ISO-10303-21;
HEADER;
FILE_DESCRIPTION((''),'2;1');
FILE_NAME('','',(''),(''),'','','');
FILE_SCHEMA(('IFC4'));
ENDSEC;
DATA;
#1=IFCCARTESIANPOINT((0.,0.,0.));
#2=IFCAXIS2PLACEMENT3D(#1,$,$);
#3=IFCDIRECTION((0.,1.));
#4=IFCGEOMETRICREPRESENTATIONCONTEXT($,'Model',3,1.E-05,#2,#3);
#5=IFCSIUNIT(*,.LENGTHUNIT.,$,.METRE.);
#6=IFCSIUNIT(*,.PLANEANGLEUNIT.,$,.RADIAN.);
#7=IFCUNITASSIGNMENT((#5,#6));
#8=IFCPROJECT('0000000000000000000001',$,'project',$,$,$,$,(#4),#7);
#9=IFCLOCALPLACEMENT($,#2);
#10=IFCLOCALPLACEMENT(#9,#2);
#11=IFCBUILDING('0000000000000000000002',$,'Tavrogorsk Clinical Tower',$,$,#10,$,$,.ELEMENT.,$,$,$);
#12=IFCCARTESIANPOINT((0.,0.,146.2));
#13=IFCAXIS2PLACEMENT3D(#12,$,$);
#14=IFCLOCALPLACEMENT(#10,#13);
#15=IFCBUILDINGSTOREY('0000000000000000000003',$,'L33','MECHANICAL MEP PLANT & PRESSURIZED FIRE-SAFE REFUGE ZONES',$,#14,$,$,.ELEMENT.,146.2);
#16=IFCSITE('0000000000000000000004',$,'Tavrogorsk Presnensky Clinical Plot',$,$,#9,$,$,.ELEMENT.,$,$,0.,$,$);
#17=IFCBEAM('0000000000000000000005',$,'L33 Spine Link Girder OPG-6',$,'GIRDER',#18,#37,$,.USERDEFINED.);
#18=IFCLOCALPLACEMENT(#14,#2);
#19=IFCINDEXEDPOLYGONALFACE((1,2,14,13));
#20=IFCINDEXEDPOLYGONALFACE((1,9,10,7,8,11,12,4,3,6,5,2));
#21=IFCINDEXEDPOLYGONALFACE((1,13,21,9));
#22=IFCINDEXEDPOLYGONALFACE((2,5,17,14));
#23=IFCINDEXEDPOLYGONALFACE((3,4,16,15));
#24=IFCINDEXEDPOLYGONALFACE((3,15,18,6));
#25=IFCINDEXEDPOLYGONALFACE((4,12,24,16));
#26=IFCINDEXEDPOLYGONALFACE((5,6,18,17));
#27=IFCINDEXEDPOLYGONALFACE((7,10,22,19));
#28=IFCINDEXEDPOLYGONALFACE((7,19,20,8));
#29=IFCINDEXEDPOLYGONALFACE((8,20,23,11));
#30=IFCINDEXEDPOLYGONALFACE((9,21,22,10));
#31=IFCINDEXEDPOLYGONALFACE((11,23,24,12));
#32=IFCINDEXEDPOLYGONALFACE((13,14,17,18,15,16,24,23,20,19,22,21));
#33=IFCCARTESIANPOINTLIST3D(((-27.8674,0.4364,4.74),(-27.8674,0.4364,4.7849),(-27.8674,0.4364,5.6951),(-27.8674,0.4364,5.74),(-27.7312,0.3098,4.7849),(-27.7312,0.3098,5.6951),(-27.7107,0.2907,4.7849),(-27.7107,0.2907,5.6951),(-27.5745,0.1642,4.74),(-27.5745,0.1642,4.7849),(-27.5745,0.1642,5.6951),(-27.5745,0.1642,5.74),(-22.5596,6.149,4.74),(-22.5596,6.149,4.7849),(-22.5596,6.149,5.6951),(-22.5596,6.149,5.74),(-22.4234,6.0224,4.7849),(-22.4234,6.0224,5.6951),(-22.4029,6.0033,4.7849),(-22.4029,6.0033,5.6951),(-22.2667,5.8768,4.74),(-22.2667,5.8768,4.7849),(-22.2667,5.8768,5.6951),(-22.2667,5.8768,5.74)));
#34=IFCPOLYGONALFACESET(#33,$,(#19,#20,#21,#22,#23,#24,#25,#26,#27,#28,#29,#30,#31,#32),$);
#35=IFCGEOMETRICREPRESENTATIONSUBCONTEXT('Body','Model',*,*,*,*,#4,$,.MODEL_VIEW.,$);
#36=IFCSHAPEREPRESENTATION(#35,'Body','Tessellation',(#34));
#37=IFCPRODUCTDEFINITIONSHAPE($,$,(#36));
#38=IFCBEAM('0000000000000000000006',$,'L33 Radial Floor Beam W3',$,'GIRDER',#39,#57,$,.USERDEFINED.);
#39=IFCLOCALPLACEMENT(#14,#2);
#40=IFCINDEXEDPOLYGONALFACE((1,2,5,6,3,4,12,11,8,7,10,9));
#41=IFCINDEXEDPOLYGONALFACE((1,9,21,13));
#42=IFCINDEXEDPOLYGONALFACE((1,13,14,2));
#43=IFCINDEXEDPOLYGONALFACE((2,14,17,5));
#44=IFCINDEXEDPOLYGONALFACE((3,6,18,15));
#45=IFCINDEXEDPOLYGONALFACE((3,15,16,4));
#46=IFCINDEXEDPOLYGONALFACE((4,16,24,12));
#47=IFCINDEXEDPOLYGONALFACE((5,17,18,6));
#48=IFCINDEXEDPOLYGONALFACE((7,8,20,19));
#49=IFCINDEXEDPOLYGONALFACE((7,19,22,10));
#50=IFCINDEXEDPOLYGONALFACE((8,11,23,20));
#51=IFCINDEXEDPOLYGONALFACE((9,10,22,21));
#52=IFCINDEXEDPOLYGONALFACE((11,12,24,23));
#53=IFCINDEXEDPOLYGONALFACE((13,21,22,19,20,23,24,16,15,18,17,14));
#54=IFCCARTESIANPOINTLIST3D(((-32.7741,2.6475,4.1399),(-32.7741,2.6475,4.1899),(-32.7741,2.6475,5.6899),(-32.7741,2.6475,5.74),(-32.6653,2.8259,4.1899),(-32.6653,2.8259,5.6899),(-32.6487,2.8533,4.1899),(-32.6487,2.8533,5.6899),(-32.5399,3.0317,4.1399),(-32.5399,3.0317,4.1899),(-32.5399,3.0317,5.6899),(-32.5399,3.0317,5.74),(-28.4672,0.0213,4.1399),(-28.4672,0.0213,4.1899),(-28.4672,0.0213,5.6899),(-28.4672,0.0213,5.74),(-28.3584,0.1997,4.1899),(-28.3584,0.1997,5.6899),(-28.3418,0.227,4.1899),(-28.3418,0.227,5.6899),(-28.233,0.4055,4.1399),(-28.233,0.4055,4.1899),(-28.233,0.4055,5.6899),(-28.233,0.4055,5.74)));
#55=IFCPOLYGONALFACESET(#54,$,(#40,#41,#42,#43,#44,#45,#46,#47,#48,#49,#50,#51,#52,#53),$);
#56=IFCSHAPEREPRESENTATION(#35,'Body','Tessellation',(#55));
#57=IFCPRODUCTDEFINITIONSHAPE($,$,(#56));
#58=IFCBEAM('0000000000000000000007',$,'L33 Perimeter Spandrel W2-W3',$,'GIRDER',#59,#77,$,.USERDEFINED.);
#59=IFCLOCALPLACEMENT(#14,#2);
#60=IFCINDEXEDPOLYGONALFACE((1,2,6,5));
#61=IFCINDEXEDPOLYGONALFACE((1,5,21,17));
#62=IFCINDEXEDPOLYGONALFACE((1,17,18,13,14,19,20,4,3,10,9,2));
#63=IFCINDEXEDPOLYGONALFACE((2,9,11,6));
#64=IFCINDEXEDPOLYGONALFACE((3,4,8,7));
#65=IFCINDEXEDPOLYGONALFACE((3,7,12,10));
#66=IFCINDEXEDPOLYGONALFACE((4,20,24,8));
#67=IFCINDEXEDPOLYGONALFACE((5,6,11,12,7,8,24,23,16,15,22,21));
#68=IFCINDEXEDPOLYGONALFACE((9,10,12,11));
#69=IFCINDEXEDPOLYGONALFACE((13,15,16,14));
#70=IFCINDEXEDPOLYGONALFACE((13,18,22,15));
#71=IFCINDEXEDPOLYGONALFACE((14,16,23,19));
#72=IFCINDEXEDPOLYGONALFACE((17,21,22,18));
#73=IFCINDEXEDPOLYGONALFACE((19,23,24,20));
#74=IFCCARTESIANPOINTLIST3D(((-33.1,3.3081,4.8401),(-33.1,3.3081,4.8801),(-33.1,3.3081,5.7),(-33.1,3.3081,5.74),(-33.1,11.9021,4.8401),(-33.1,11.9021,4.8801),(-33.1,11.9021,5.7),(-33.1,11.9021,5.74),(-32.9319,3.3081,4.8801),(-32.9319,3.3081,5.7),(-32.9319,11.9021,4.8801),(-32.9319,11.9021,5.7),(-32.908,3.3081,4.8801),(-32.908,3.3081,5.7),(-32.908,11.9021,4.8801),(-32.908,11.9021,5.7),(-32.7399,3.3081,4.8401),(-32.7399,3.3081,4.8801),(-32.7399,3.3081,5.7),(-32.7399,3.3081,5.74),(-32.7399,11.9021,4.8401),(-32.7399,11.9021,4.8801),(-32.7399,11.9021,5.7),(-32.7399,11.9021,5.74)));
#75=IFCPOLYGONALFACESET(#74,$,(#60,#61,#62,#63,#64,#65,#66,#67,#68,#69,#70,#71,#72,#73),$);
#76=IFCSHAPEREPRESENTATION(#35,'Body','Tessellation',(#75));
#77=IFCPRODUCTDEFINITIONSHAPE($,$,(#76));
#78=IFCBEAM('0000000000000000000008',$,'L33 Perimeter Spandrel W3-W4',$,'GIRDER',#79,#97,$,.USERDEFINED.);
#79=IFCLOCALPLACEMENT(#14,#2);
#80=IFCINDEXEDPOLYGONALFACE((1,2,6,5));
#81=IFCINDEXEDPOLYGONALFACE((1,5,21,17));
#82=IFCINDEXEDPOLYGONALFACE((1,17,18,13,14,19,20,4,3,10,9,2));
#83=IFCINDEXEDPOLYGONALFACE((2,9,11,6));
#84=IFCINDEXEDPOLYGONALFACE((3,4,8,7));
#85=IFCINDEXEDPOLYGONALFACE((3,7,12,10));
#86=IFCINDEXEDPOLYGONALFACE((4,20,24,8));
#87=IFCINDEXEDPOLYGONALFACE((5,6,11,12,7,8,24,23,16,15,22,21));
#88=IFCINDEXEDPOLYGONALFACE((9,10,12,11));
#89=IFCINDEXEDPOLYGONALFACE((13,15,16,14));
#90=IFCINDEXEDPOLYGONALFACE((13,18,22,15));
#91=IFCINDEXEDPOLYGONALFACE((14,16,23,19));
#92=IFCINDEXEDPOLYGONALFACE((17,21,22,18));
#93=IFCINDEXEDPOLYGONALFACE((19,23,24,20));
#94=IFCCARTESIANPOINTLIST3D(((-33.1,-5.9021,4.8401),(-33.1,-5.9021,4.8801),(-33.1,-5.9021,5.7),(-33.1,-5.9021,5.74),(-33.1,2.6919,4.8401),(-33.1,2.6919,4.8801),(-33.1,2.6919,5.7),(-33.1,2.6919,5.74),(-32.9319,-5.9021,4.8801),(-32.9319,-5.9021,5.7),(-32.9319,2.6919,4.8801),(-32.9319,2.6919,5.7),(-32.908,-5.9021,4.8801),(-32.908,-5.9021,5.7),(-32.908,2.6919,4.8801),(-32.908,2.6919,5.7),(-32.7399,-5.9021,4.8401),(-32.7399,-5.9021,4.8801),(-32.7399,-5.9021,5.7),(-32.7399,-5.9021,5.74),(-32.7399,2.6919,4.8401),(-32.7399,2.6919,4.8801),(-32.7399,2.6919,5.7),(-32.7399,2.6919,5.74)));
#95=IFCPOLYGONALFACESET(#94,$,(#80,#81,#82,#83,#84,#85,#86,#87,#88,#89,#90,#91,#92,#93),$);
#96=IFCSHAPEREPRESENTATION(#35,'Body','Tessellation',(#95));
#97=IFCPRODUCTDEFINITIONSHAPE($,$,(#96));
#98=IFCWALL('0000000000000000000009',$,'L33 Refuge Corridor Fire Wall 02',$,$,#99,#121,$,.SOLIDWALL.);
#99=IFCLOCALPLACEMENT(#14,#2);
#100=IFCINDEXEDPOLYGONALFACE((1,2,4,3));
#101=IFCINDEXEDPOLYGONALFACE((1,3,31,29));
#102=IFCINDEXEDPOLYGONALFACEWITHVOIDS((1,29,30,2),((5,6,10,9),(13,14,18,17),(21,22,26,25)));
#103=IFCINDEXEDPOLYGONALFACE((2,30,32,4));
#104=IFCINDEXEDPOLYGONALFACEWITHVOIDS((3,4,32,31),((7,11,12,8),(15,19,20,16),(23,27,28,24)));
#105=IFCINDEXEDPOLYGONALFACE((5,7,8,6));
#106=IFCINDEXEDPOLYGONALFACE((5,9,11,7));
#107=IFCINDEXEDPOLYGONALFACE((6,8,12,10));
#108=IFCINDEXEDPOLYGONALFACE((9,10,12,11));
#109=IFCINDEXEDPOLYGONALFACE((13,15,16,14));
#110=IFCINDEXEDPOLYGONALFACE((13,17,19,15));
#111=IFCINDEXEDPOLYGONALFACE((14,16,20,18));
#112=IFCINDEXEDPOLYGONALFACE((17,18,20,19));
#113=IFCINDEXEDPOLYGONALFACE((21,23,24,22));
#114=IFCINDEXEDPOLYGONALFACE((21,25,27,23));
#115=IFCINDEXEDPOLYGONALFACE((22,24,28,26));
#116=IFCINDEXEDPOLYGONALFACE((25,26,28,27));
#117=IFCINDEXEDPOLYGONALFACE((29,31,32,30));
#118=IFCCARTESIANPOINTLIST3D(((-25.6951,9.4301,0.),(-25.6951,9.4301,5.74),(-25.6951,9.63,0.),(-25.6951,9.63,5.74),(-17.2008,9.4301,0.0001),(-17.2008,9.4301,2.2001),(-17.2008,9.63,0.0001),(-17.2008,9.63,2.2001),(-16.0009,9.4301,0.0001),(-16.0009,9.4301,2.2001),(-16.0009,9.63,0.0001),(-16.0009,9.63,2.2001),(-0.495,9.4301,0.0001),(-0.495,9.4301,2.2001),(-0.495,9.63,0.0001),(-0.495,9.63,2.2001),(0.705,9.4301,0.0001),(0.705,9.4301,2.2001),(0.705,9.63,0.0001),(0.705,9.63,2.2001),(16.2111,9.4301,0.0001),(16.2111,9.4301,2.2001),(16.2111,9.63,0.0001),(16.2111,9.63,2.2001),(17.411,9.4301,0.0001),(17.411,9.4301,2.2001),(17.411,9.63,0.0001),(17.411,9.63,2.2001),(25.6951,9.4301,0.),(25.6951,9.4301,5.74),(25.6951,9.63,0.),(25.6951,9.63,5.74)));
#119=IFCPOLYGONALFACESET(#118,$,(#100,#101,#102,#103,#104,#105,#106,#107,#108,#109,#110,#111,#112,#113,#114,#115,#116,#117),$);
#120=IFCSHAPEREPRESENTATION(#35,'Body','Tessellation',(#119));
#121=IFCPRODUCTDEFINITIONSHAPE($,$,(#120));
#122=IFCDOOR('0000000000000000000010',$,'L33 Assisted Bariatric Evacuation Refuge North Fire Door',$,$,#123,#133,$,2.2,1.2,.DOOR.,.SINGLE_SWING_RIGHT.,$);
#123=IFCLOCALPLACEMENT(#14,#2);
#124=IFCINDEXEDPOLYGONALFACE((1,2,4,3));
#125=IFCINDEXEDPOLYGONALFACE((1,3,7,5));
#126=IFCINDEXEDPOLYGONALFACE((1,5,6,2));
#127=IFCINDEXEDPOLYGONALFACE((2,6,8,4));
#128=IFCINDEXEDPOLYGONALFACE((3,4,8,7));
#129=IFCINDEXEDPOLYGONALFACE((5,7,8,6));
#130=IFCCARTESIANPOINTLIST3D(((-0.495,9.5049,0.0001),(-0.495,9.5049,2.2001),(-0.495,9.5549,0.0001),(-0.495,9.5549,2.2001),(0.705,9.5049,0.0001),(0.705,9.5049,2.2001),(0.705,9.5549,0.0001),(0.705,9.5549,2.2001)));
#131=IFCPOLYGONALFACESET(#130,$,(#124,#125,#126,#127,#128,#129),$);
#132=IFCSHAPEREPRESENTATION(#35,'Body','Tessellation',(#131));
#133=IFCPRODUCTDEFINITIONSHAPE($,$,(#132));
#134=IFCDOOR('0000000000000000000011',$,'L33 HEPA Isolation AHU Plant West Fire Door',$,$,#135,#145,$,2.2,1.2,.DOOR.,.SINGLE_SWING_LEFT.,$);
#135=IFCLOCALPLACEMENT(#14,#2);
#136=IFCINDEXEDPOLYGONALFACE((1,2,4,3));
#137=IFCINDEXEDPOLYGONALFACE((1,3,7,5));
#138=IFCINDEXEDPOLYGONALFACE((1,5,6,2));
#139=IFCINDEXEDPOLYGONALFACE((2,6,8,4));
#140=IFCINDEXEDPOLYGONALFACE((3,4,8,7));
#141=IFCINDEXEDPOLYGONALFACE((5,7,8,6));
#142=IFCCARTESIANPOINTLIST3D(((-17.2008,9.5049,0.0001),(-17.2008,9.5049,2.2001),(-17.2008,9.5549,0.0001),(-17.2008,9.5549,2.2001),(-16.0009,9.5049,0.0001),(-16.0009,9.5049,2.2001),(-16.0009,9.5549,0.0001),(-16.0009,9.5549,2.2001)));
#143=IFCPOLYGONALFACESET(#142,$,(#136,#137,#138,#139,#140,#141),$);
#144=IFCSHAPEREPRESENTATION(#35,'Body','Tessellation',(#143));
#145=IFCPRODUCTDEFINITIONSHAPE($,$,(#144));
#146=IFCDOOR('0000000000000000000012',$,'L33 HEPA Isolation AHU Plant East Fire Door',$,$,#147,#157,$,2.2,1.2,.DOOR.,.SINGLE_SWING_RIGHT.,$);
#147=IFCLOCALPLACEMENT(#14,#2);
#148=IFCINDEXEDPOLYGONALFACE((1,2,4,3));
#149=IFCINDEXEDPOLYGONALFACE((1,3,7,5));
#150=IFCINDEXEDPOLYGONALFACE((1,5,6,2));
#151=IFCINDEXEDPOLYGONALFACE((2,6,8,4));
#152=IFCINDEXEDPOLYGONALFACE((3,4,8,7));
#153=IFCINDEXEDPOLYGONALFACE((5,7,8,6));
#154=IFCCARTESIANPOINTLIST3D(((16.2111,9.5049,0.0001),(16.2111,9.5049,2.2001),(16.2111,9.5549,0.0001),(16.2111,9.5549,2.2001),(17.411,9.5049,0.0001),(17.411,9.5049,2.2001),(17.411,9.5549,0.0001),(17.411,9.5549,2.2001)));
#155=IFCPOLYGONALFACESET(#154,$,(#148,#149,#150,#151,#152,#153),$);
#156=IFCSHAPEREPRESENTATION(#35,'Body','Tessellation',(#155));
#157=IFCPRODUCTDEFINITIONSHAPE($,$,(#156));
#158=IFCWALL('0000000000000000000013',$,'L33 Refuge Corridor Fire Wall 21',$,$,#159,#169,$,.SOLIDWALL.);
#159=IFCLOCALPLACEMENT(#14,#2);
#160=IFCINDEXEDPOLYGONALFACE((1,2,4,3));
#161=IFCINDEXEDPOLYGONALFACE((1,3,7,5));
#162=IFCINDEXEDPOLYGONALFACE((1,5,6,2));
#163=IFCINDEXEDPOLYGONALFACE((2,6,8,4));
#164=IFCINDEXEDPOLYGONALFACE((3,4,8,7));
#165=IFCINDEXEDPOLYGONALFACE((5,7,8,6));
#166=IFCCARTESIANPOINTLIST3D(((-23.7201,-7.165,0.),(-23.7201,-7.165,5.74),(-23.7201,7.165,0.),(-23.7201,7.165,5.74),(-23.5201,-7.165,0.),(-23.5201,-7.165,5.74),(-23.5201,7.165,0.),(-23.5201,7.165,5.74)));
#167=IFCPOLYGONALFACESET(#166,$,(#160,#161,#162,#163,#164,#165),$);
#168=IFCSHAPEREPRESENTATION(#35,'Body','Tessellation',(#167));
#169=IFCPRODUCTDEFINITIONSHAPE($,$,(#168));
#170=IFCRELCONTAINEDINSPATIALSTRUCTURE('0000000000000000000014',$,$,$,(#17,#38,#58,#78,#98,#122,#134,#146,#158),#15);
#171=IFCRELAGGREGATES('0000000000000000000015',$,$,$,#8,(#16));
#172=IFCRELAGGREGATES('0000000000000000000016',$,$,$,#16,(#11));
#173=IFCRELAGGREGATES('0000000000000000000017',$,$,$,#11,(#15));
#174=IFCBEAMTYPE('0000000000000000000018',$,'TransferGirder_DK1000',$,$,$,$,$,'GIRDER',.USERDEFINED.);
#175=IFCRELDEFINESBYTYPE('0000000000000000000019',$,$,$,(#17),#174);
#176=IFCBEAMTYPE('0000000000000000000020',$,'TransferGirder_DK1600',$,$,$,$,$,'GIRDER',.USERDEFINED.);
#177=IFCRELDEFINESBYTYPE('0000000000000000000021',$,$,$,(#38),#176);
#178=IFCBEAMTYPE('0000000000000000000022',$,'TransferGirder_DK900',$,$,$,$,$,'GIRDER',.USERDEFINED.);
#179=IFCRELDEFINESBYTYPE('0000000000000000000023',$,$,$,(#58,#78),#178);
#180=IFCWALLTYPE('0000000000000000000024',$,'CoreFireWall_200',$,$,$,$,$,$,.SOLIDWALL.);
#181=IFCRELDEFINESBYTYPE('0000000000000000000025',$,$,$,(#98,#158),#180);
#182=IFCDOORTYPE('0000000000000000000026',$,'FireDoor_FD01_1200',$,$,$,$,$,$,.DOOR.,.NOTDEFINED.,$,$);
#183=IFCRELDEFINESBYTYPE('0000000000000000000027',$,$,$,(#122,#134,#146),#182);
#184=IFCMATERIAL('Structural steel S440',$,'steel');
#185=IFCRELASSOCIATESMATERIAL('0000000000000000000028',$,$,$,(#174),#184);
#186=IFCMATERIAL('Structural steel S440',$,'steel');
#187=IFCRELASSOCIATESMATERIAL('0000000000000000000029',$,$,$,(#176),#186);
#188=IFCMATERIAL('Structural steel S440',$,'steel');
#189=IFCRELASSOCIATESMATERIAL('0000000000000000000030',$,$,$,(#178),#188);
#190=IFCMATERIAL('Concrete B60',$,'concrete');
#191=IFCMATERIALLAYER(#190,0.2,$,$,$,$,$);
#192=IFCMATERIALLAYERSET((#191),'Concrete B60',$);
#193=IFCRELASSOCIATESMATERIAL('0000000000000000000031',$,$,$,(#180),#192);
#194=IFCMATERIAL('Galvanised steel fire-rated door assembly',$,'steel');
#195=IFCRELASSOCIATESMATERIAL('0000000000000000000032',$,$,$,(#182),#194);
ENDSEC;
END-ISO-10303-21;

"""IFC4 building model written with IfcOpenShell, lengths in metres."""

from ifc_helpers import new_model, si_unit, direction, frame, frame_2d, origin, origin_2d, place, context, subcontext, project, spatial, rectangle, i_section, extrude, material, layer, layer_set, material_profile, profile_set, type_object, element, fill, save


model = new_model("IFC4")

# Units and contexts
model_context = context("Model", 3, precision=1e-05, world=origin(), true_north=direction((0.0, 1.0)))
body_context = subcontext(model_context, "Body", "Model", "MODEL_VIEW")
ifc_project = project(units=[si_unit("LENGTHUNIT", "METRE"), si_unit("PLANEANGLEUNIT", "RADIAN")], contexts=[model_context])

# Site, building, storey
site_placement = place(None, origin())
site = spatial("IfcSite", under=ifc_project, at=site_placement, Name="Tavrogorsk Presnensky Clinical Plot", CompositionType="ELEMENT", RefElevation=0.0)
building_placement = place(site_placement, origin())
building = spatial("IfcBuilding", under=site, at=building_placement, Name="Tavrogorsk Clinical Tower", CompositionType="ELEMENT")
storey_placement = place(building_placement, frame((0.0, 0.0, 146.2)))
storey = spatial("IfcBuildingStorey", under=building, at=storey_placement, Name="L33", Description="MECHANICAL MEP PLANT & PRESSURIZED FIRE-SAFE REFUGE ZONES", CompositionType="ELEMENT", Elevation=146.2)

# Beams
ifc_material_1 = material(Name="Structural steel S440", Category="steel")
ifc_material_profile_1 = material_profile(ifc_material_1, i_section(OverallWidth=0.3999, OverallDepth=1.0, WebThickness=0.0281, FlangeThickness=0.0449, at=origin_2d()), Name="DK-1000x400x28x45")
ifc_profile_set_1 = profile_set([ifc_material_profile_1], Name="Structural steel S440")
beam_type_1 = type_object("IfcBeamType", Name="TransferGirder_DK1000", ElementType="GIRDER", PredefinedType="USERDEFINED", material=ifc_profile_set_1)
beam_1_placement = place(storey_placement, frame((-27.7209, 0.3003, 5.24), z_axis=(0.680676, 0.732585, 0.0), x_axis=(-0.732585, 0.680676, 0.0)))
element("IfcBeam", 1, at=beam_1_placement, inside=storey, type_object=beam_type_1, Name="L33 Spine Link Girder OPG-6", ObjectType="GIRDER", PredefinedType="USERDEFINED", context=body_context, shape_type="SweptSolid", body=[
    extrude(i_section(OverallWidth=0.3999, OverallDepth=1.0, WebThickness=0.0281, FlangeThickness=0.0449, at=origin_2d()), origin(), (0.0, 0.0, 1.0), 7.7979),
])
ifc_material_2 = material(Name="Structural steel S440", Category="steel")
ifc_material_profile_2 = material_profile(ifc_material_2, i_section(OverallWidth=0.45, OverallDepth=1.6001, WebThickness=0.032, FlangeThickness=0.05, at=origin_2d()), Name="DK-1600x450x32x50")
ifc_profile_set_2 = profile_set([ifc_material_profile_2], Name="Structural steel S440")
beam_type_2 = type_object("IfcBeamType", Name="TransferGirder_DK1600", ElementType="GIRDER", PredefinedType="USERDEFINED", material=ifc_profile_set_2)
beam_2_placement = place(storey_placement, frame((-28.3501, 0.2134, 4.9399), z_axis=(-0.85379, 0.520618, 0.0), x_axis=(-0.520618, -0.85379, 0.0)))
element("IfcBeam", 2, at=beam_2_placement, inside=storey, type_object=beam_type_2, Name="L33 Radial Floor Beam W3", ObjectType="GIRDER", PredefinedType="USERDEFINED", context=body_context, shape_type="SweptSolid", body=[
    extrude(i_section(OverallWidth=0.45, OverallDepth=1.6001, WebThickness=0.032, FlangeThickness=0.05, at=origin_2d()), origin(), (0.0, 0.0, 1.0), 5.0444),
])
ifc_material_3 = material(Name="Structural steel S440", Category="steel")
ifc_material_profile_3 = material_profile(ifc_material_3, i_section(OverallWidth=0.3601, OverallDepth=0.8999, WebThickness=0.0239, FlangeThickness=0.04, at=origin_2d()), Name="DK-900x360x24x40")
ifc_profile_set_3 = profile_set([ifc_material_profile_3], Name="Structural steel S440")
beam_type_3 = type_object("IfcBeamType", Name="TransferGirder_DK900", ElementType="GIRDER", PredefinedType="USERDEFINED", material=ifc_profile_set_3)
for number, where, z_axis, x_axis, name in (
    (3, (-32.9199, 11.9021, 5.29), (0.0, -1.0, 0.0), (1.0, 0.0, 0.0), "L33 Perimeter Spandrel W2-W3"),
    (4, (-32.9199, 2.6919, 5.29), (0.0, -1.0, 0.0), (1.0, 0.0, 0.0), "L33 Perimeter Spandrel W3-W4"),
):
    element("IfcBeam", number, at=place(storey_placement, frame(where, z_axis=z_axis, x_axis=x_axis)), inside=storey, type_object=beam_type_3, Name=name, ObjectType="GIRDER", PredefinedType="USERDEFINED", context=body_context, shape_type="SweptSolid", body=[
        extrude(i_section(OverallWidth=0.3601, OverallDepth=0.8999, WebThickness=0.0239, FlangeThickness=0.04, at=origin_2d()), origin(), (0.0, 0.0, 1.0), 8.594),
    ])

# Wall, openings, doors
ifc_material_4 = material(Name="Concrete B60", Category="concrete")
ifc_layer_1 = layer(ifc_material_4, 0.2)
ifc_layer_set_1 = layer_set([ifc_layer_1], Name="Concrete B60")
wall_type_1 = type_object("IfcWallType", Name="CoreFireWall_200", PredefinedType="SOLIDWALL", material=ifc_layer_set_1)
wall_1_placement = place(storey_placement, frame((-25.6951, 9.53, 0.0), z_axis=(0.0, 0.0, 1.0), x_axis=(1.0, 0.0, 0.0)))
wall_1 = element("IfcWall", 5, at=wall_1_placement, inside=storey, type_object=wall_type_1, Name="L33 Refuge Corridor Fire Wall 02", PredefinedType="SOLIDWALL", context=body_context, shape_type="SweptSolid", body=[
    extrude(rectangle(XDim=51.3901, YDim=0.2, at=frame_2d((25.6951, 0.0))), origin(), (0.0, 0.0, 1.0), 5.74),
])
opening_1_placement = place(wall_1_placement, frame((25.2, 0.0, 0.0)))
opening_1 = element("IfcOpeningElement", 6, at=opening_1_placement, cuts=wall_1, PredefinedType="OPENING", context=body_context, shape_type="SweptSolid", body=[
    extrude(rectangle(XDim=1.2, YDim=2.2, at=frame_2d((0.6001, 1.1001))), frame((0.0, 0.1099, 0.0), z_axis=(0.0, -1.0, 0.0), x_axis=(1.0, 0.0, 0.0)), (0.0, 0.0, 1.0), 0.22),
])
opening_2_placement = place(wall_1_placement, frame((8.4941, 0.0, 0.0)))
opening_2 = element("IfcOpeningElement", 7, at=opening_2_placement, cuts=wall_1, PredefinedType="OPENING", context=body_context, shape_type="SweptSolid", body=[
    extrude(rectangle(XDim=1.2, YDim=2.2, at=frame_2d((0.6001, 1.1001))), frame((0.0, 0.1099, 0.0), z_axis=(0.0, -1.0, 0.0), x_axis=(1.0, 0.0, 0.0)), (0.0, 0.0, 1.0), 0.22),
])
opening_3_placement = place(wall_1_placement, frame((41.906, 0.0, 0.0)))
opening_3 = element("IfcOpeningElement", 8, at=opening_3_placement, cuts=wall_1, PredefinedType="OPENING", context=body_context, shape_type="SweptSolid", body=[
    extrude(rectangle(XDim=1.2, YDim=2.2, at=frame_2d((0.6001, 1.1001))), frame((0.0, 0.1099, 0.0), z_axis=(0.0, -1.0, 0.0), x_axis=(1.0, 0.0, 0.0)), (0.0, 0.0, 1.0), 0.22),
])
ifc_material_5 = material(Name="Galvanised steel fire-rated door assembly", Category="steel")
door_type = type_object("IfcDoorType", Name="FireDoor_FD01_1200", OperationType="NOTDEFINED", PredefinedType="DOOR", material=ifc_material_5)
door_1_placement = place(opening_1_placement, origin())
door_1 = element("IfcDoor", 9, at=door_1_placement, inside=storey, type_object=door_type, Name="L33 Assisted Bariatric Evacuation Refuge North Fire Door", OperationType="SINGLE_SWING_RIGHT", OverallHeight=2.2, OverallWidth=1.2, PredefinedType="DOOR", context=body_context, shape_type="SweptSolid", body=[
    extrude(rectangle(XDim=1.2, YDim=2.2, at=frame_2d((0.6001, 1.1001))), frame((0.0, 0.0249, 0.0), z_axis=(0.0, -1.0, 0.0), x_axis=(1.0, 0.0, 0.0)), (0.0, 0.0, 1.0), 0.05),
])
fill(opening_1, door_1)
door_2_placement = place(opening_2_placement, origin())
door_2 = element("IfcDoor", 10, at=door_2_placement, inside=storey, type_object=door_type, Name="L33 HEPA Isolation AHU Plant West Fire Door", OperationType="SINGLE_SWING_LEFT", OverallHeight=2.2, OverallWidth=1.2, PredefinedType="DOOR", context=body_context, shape_type="SweptSolid", body=[
    extrude(rectangle(XDim=1.2, YDim=2.2, at=frame_2d((0.6001, 1.1001))), frame((0.0, 0.0249, 0.0), z_axis=(0.0, -1.0, 0.0), x_axis=(1.0, 0.0, 0.0)), (0.0, 0.0, 1.0), 0.05),
])
fill(opening_2, door_2)
door_3_placement = place(opening_3_placement, origin())
door_3 = element("IfcDoor", 11, at=door_3_placement, inside=storey, type_object=door_type, Name="L33 HEPA Isolation AHU Plant East Fire Door", OperationType="SINGLE_SWING_RIGHT", OverallHeight=2.2, OverallWidth=1.2, PredefinedType="DOOR", context=body_context, shape_type="SweptSolid", body=[
    extrude(rectangle(XDim=1.2, YDim=2.2, at=frame_2d((0.6001, 1.1001))), frame((0.0, 0.0249, 0.0), z_axis=(0.0, -1.0, 0.0), x_axis=(1.0, 0.0, 0.0)), (0.0, 0.0, 1.0), 0.05),
])
fill(opening_3, door_3)

# Wall
wall_2_placement = place(storey_placement, frame((-23.6201, 7.165, 0.0), z_axis=(0.0, 0.0, 1.0), x_axis=(0.0, -1.0, 0.0)))
element("IfcWall", 12, at=wall_2_placement, inside=storey, type_object=wall_type_1, Name="L33 Refuge Corridor Fire Wall 21", PredefinedType="SOLIDWALL", context=body_context, shape_type="SweptSolid", body=[
    extrude(rectangle(XDim=14.3301, YDim=0.2, at=frame_2d((7.165, 0.0))), origin(), (0.0, 0.0, 1.0), 5.74),
])

save(model, "model.ifc")
